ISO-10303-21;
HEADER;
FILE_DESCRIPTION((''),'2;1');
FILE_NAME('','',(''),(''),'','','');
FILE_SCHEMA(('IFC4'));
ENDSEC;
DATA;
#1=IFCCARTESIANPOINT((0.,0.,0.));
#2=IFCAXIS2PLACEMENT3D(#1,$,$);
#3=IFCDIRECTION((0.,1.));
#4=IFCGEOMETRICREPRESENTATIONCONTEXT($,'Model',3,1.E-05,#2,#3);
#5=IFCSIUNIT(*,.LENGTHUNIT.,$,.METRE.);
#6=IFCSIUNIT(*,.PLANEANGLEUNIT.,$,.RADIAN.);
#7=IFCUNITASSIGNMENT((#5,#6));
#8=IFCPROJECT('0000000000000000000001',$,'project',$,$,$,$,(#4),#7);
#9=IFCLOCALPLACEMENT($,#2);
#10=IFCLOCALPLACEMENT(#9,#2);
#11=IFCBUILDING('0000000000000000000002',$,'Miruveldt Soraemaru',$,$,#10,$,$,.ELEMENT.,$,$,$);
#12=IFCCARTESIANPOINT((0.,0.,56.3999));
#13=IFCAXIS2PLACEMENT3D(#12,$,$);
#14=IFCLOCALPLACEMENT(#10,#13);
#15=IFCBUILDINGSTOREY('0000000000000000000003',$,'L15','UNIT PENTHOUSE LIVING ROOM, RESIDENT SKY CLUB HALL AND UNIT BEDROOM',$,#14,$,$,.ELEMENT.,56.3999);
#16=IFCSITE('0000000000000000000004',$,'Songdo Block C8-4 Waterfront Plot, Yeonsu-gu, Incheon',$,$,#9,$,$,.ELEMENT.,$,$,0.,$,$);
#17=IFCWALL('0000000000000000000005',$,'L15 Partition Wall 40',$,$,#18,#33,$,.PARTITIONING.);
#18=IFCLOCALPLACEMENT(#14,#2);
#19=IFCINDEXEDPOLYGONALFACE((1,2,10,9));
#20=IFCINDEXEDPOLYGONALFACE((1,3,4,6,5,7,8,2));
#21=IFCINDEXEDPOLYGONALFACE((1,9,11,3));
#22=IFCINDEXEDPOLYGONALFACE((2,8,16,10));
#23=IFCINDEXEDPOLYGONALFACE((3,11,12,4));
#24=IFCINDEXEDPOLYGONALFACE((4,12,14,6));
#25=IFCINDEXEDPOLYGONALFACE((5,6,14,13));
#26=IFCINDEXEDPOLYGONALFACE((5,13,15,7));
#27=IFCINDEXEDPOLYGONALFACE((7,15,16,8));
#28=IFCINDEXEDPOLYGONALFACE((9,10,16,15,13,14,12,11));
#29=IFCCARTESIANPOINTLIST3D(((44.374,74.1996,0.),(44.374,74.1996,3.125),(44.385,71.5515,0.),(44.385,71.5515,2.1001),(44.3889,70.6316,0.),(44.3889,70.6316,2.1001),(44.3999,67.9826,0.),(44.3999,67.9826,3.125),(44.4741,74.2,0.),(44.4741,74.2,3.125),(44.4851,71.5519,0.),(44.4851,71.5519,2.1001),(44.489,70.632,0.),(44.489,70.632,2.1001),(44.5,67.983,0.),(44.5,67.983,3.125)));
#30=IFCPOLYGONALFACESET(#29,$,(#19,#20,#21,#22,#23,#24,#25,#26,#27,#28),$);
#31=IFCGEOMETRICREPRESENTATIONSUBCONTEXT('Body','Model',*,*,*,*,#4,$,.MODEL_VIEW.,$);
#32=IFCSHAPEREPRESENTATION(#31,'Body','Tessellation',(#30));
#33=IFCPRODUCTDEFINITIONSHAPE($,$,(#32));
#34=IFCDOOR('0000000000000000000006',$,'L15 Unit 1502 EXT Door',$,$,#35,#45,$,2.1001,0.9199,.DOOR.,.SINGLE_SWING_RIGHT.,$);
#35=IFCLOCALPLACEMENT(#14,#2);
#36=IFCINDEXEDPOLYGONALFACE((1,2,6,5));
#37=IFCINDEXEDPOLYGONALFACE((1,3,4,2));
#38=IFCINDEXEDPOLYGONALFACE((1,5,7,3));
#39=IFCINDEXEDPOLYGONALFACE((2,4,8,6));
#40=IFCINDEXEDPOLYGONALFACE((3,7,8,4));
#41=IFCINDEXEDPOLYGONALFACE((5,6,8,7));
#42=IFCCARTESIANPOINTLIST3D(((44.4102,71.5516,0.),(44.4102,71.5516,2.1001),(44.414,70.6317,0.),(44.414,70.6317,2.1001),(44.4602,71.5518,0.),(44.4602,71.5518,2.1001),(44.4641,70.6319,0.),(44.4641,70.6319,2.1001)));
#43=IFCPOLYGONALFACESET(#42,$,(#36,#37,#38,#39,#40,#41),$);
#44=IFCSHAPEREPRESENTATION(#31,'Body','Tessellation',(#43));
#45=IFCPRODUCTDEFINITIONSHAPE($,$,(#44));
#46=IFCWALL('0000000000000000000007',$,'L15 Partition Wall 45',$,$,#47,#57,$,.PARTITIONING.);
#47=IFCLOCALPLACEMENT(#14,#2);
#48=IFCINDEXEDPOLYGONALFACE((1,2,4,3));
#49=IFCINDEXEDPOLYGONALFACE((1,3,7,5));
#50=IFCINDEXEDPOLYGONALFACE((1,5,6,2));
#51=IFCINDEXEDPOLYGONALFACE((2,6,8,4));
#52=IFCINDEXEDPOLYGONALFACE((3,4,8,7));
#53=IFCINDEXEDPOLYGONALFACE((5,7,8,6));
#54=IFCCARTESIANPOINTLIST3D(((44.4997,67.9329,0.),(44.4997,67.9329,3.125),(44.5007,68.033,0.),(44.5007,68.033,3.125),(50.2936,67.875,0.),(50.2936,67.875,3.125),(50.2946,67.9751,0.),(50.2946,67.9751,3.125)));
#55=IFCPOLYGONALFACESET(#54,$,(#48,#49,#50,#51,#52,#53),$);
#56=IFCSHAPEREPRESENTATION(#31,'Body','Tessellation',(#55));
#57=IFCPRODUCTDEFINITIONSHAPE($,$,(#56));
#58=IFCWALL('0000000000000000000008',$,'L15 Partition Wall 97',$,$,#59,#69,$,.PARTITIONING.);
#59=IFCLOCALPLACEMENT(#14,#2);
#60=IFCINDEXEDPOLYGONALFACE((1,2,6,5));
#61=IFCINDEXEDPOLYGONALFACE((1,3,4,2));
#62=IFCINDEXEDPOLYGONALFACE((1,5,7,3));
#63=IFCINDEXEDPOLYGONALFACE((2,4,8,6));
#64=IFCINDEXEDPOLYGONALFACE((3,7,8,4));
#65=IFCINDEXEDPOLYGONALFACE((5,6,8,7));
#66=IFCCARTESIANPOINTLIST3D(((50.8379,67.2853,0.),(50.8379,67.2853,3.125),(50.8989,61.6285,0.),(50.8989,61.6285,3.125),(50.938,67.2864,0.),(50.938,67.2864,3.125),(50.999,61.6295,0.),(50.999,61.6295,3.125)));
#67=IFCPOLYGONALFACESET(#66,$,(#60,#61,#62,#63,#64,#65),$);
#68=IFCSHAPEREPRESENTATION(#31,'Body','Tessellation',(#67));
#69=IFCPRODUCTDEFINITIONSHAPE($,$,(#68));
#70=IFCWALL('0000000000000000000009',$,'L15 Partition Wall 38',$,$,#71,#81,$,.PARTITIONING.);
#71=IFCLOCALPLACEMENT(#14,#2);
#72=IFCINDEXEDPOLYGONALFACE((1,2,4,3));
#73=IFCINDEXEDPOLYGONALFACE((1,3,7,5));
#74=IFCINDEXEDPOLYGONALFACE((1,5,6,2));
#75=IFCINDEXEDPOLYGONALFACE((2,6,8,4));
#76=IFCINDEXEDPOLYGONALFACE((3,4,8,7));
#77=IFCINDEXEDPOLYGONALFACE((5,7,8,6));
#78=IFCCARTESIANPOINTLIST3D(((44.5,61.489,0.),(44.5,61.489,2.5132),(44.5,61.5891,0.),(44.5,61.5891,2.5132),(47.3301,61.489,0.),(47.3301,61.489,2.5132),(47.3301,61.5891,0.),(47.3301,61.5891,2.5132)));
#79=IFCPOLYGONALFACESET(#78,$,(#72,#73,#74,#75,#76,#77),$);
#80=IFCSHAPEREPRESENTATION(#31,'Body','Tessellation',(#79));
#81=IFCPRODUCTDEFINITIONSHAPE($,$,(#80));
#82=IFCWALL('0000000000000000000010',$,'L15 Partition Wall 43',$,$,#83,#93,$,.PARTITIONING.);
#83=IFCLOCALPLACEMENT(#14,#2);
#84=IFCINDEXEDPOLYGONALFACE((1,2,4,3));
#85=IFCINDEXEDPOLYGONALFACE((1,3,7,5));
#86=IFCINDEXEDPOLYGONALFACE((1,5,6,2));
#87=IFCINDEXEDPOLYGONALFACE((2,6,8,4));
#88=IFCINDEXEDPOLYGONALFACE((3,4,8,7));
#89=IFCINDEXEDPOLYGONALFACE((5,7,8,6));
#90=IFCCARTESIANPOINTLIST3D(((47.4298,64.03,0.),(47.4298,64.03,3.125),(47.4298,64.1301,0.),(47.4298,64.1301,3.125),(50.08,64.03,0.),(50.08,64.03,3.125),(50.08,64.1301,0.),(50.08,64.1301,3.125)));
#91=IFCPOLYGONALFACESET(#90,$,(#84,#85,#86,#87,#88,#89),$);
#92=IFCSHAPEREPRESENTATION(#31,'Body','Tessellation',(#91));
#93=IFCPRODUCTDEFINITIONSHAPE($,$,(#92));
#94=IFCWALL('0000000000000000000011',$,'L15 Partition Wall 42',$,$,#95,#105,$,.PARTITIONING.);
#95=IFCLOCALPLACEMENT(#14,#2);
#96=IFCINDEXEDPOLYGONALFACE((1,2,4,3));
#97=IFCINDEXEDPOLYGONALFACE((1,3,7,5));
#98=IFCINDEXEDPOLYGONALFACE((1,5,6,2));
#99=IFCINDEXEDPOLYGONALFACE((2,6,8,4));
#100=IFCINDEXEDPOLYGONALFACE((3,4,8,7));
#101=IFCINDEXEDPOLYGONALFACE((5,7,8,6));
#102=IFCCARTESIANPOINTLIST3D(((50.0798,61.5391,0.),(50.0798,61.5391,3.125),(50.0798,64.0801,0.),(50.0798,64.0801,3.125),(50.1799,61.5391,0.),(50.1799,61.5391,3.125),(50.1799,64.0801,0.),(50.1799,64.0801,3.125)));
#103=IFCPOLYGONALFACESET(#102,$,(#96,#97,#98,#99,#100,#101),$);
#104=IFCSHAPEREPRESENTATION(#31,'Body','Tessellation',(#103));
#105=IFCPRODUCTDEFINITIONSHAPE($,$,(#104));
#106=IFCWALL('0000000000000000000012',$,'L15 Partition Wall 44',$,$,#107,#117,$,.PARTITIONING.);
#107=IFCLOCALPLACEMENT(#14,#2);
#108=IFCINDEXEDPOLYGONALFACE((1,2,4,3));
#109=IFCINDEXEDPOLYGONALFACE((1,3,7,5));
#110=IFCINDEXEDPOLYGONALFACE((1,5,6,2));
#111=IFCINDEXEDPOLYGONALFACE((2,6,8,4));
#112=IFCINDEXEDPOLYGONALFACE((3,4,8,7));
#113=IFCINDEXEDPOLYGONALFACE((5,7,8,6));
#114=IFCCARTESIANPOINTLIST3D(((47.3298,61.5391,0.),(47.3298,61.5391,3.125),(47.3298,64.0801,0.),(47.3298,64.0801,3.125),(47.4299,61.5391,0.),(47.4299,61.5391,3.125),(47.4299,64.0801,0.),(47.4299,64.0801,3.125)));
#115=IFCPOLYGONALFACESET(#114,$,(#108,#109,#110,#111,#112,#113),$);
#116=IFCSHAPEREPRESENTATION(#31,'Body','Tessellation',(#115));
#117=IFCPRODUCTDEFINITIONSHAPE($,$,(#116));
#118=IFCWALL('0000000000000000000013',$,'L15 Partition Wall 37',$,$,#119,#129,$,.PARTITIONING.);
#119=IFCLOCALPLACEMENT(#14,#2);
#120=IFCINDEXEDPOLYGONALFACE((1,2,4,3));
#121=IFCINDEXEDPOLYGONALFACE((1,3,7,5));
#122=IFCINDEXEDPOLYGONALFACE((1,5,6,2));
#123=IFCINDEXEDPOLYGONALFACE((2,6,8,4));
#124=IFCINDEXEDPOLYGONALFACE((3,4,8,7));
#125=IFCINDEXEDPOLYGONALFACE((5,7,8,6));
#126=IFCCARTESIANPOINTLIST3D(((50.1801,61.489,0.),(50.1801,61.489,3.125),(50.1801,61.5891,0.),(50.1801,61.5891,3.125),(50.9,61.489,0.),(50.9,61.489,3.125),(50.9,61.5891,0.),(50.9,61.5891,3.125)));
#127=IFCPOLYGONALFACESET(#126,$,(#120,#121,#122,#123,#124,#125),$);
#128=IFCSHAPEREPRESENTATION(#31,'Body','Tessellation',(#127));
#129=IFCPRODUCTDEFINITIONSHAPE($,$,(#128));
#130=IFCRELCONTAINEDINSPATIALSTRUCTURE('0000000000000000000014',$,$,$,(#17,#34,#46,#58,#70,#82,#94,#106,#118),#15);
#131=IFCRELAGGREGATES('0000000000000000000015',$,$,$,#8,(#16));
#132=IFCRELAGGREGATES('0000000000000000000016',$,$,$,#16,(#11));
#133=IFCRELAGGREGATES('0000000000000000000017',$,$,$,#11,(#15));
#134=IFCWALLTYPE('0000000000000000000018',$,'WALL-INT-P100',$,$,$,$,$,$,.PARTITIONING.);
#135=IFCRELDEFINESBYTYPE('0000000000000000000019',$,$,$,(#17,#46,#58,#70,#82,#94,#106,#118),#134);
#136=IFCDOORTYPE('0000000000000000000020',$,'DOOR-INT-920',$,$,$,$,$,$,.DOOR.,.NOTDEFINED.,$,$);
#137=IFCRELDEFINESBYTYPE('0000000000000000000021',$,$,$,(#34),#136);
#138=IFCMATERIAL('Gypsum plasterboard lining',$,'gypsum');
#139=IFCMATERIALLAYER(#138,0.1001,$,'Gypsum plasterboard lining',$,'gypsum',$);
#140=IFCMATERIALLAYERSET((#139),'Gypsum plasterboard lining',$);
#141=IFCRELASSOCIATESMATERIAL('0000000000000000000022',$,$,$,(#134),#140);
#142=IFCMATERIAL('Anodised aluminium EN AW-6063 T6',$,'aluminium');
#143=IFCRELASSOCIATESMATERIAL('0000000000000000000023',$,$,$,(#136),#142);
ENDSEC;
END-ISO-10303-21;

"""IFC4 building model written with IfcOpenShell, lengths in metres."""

from ifc_helpers import new_model, si_unit, direction, frame, frame_2d, origin, place, context, subcontext, project, spatial, rectangle, extrude, material, layer, layer_set, type_object, element, fill, save


model = new_model("IFC4")

# Units and contexts
model_context = context("Model", 3, precision=1e-05, world=origin(), true_north=direction((0.0, 1.0)))
body_context = subcontext(model_context, "Body", "Model", "MODEL_VIEW")
ifc_project = project(units=[si_unit("LENGTHUNIT", "METRE"), si_unit("PLANEANGLEUNIT", "RADIAN")], contexts=[model_context])

# Site, building, storey
site_placement = place(None, origin())
site = spatial("IfcSite", under=ifc_project, at=site_placement, Name="Songdo Block C8-4 Waterfront Plot, Yeonsu-gu, Incheon", CompositionType="ELEMENT", RefElevation=0.0)
building_placement = place(site_placement, origin())
building = spatial("IfcBuilding", under=site, at=building_placement, Name="Miruveldt Soraemaru", CompositionType="ELEMENT")
storey_placement = place(building_placement, frame((0.0, 0.0, 56.3999)))
storey = spatial("IfcBuildingStorey", under=building, at=storey_placement, Name="L15", Description="UNIT PENTHOUSE LIVING ROOM, RESIDENT SKY CLUB HALL AND UNIT BEDROOM", CompositionType="ELEMENT", Elevation=56.3999)

# Shared definitions
ifc_material_1 = material(Name="Anodised aluminium EN AW-6063 T6", Category="aluminium")

# Wall, opening, door
ifc_material_2 = material(Name="Gypsum plasterboard lining", Category="gypsum")
ifc_layer_1 = layer(ifc_material_2, 0.1001, Name="Gypsum plasterboard lining", Category="gypsum")
ifc_layer_set_1 = layer_set([ifc_layer_1], Name="Gypsum plasterboard lining")
wall_type_1 = type_object("IfcWallType", Name="WALL-INT-P100", PredefinedType="PARTITIONING", material=ifc_layer_set_1)
door_type = type_object("IfcDoorType", Name="DOOR-INT-920", OperationType="NOTDEFINED", PredefinedType="DOOR", material=ifc_material_1)
wall_1_placement = place(storey_placement, frame((44.45, 67.9829, 0.0), z_axis=(0.0, 0.0, 1.0), x_axis=(-0.004163, 0.999991, 0.0)))
wall_1 = element("IfcWall", 1, at=wall_1_placement, inside=storey, type_object=wall_type_1, Name="L15 Partition Wall 40", PredefinedType="PARTITIONING", context=body_context, shape_type="SweptSolid", body=[
    extrude(rectangle(XDim=6.217, YDim=0.1001, at=frame_2d((3.1084, 0.0))), origin(), (0.0, 0.0, 1.0), 3.125),
])
opening_1_placement = place(wall_1_placement, frame((2.6489, 0.0, 0.0)))
opening_1 = element("IfcOpeningElement", 2, at=opening_1_placement, cuts=wall_1, PredefinedType="OPENING", context=body_context, shape_type="SweptSolid", body=[
    extrude(rectangle(XDim=0.9199, YDim=2.1001, at=frame_2d((0.46, 1.05))), frame((0.0, 0.0601, 0.0), z_axis=(0.0, -1.0, 0.0), x_axis=(1.0, 0.0, 0.0)), (0.0, 0.0, 1.0), 0.1201),
])
door_1_placement = place(opening_1_placement, origin())
door_1 = element("IfcDoor", 3, at=door_1_placement, inside=storey, type_object=door_type, Name="L15 Unit 1502 EXT Door", OperationType="SINGLE_SWING_RIGHT", OverallHeight=2.1001, OverallWidth=0.9199, PredefinedType="DOOR", context=body_context, shape_type="SweptSolid", body=[
    extrude(rectangle(XDim=0.9199, YDim=2.1001, at=frame_2d((0.46, 1.05))), frame((0.0, 0.0249, 0.0), z_axis=(0.0, -1.0, 0.0), x_axis=(1.0, 0.0, 0.0)), (0.0, 0.0, 1.0), 0.05),
])
fill(opening_1, door_1)

# Walls
wall_2_placement = place(storey_placement, frame((50.2939, 67.925, 0.0), z_axis=(0.0, 0.0, 1.0), x_axis=(-0.99995, 0.009986, 0.0)))
element("IfcWall", 4, at=wall_2_placement, inside=storey, type_object=wall_type_1, Name="L15 Partition Wall 45", PredefinedType="PARTITIONING", context=body_context, shape_type="SweptSolid", body=[
    extrude(rectangle(XDim=5.7942, YDim=0.1001, at=frame_2d((2.897, 0.0))), origin(), (0.0, 0.0, 1.0), 3.125),
])
wall_3_placement = place(storey_placement, frame((50.8879, 67.2859, 0.0), z_axis=(0.0, 0.0, 1.0), x_axis=(0.010789, -0.999942, 0.0)))
element("IfcWall", 5, at=wall_3_placement, inside=storey, type_object=wall_type_1, Name="L15 Partition Wall 97", PredefinedType="PARTITIONING", context=body_context, shape_type="SweptSolid", body=[
    extrude(rectangle(XDim=5.6572, YDim=0.1001, at=frame_2d((2.8286, 0.0))), origin(), (0.0, 0.0, 1.0), 3.125),
])
wall_4_placement = place(storey_placement, frame((47.3301, 61.5391, 0.0), z_axis=(0.0, 0.0, 1.0), x_axis=(-1.0, 0.0, 0.0)))
element("IfcWall", 6, at=wall_4_placement, inside=storey, type_object=wall_type_1, Name="L15 Partition Wall 38", PredefinedType="PARTITIONING", context=body_context, shape_type="SweptSolid", body=[
    extrude(rectangle(XDim=2.8301, YDim=0.1001, at=frame_2d((1.415, 0.0))), origin(), (0.0, 0.0, 1.0), 2.5132),
])
wall_5_placement = place(storey_placement, frame((50.0801, 64.0801, 0.0), z_axis=(0.0, 0.0, 1.0), x_axis=(-1.0, 0.0, 0.0)))
element("IfcWall", 7, at=wall_5_placement, inside=storey, type_object=wall_type_1, Name="L15 Partition Wall 43", PredefinedType="PARTITIONING", context=body_context, shape_type="SweptSolid", body=[
    extrude(rectangle(XDim=2.6501, YDim=0.1001, at=frame_2d((1.3252, 0.0))), origin(), (0.0, 0.0, 1.0), 3.125),
])
for number, where, z_axis, x_axis, name in (
    (8, (50.1299, 61.5391, 0.0), (0.0, 0.0, 1.0), (0.0, 1.0, 0.0), "L15 Partition Wall 42"),
    (9, (47.3799, 64.0801, 0.0), (0.0, 0.0, 1.0), (0.0, -1.0, 0.0), "L15 Partition Wall 44"),
):
    element("IfcWall", number, at=place(storey_placement, frame(where, z_axis=z_axis, x_axis=x_axis)), inside=storey, type_object=wall_type_1, Name=name, PredefinedType="PARTITIONING", context=body_context, shape_type="SweptSolid", body=[
        extrude(rectangle(XDim=2.541, YDim=0.1001, at=frame_2d((1.2705, 0.0))), origin(), (0.0, 0.0, 1.0), 3.125),
    ])
wall_6_placement = place(storey_placement, frame((50.8999, 61.5391, 0.0), z_axis=(0.0, 0.0, 1.0), x_axis=(-1.0, 0.0, 0.0)))
element("IfcWall", 10, at=wall_6_placement, inside=storey, type_object=wall_type_1, Name="L15 Partition Wall 37", PredefinedType="PARTITIONING", context=body_context, shape_type="SweptSolid", body=[
    extrude(rectangle(XDim=0.72, YDim=0.1001, at=frame_2d((0.3599, 0.0))), origin(), (0.0, 0.0, 1.0), 3.125),
])

save(model, "model.ifc")
